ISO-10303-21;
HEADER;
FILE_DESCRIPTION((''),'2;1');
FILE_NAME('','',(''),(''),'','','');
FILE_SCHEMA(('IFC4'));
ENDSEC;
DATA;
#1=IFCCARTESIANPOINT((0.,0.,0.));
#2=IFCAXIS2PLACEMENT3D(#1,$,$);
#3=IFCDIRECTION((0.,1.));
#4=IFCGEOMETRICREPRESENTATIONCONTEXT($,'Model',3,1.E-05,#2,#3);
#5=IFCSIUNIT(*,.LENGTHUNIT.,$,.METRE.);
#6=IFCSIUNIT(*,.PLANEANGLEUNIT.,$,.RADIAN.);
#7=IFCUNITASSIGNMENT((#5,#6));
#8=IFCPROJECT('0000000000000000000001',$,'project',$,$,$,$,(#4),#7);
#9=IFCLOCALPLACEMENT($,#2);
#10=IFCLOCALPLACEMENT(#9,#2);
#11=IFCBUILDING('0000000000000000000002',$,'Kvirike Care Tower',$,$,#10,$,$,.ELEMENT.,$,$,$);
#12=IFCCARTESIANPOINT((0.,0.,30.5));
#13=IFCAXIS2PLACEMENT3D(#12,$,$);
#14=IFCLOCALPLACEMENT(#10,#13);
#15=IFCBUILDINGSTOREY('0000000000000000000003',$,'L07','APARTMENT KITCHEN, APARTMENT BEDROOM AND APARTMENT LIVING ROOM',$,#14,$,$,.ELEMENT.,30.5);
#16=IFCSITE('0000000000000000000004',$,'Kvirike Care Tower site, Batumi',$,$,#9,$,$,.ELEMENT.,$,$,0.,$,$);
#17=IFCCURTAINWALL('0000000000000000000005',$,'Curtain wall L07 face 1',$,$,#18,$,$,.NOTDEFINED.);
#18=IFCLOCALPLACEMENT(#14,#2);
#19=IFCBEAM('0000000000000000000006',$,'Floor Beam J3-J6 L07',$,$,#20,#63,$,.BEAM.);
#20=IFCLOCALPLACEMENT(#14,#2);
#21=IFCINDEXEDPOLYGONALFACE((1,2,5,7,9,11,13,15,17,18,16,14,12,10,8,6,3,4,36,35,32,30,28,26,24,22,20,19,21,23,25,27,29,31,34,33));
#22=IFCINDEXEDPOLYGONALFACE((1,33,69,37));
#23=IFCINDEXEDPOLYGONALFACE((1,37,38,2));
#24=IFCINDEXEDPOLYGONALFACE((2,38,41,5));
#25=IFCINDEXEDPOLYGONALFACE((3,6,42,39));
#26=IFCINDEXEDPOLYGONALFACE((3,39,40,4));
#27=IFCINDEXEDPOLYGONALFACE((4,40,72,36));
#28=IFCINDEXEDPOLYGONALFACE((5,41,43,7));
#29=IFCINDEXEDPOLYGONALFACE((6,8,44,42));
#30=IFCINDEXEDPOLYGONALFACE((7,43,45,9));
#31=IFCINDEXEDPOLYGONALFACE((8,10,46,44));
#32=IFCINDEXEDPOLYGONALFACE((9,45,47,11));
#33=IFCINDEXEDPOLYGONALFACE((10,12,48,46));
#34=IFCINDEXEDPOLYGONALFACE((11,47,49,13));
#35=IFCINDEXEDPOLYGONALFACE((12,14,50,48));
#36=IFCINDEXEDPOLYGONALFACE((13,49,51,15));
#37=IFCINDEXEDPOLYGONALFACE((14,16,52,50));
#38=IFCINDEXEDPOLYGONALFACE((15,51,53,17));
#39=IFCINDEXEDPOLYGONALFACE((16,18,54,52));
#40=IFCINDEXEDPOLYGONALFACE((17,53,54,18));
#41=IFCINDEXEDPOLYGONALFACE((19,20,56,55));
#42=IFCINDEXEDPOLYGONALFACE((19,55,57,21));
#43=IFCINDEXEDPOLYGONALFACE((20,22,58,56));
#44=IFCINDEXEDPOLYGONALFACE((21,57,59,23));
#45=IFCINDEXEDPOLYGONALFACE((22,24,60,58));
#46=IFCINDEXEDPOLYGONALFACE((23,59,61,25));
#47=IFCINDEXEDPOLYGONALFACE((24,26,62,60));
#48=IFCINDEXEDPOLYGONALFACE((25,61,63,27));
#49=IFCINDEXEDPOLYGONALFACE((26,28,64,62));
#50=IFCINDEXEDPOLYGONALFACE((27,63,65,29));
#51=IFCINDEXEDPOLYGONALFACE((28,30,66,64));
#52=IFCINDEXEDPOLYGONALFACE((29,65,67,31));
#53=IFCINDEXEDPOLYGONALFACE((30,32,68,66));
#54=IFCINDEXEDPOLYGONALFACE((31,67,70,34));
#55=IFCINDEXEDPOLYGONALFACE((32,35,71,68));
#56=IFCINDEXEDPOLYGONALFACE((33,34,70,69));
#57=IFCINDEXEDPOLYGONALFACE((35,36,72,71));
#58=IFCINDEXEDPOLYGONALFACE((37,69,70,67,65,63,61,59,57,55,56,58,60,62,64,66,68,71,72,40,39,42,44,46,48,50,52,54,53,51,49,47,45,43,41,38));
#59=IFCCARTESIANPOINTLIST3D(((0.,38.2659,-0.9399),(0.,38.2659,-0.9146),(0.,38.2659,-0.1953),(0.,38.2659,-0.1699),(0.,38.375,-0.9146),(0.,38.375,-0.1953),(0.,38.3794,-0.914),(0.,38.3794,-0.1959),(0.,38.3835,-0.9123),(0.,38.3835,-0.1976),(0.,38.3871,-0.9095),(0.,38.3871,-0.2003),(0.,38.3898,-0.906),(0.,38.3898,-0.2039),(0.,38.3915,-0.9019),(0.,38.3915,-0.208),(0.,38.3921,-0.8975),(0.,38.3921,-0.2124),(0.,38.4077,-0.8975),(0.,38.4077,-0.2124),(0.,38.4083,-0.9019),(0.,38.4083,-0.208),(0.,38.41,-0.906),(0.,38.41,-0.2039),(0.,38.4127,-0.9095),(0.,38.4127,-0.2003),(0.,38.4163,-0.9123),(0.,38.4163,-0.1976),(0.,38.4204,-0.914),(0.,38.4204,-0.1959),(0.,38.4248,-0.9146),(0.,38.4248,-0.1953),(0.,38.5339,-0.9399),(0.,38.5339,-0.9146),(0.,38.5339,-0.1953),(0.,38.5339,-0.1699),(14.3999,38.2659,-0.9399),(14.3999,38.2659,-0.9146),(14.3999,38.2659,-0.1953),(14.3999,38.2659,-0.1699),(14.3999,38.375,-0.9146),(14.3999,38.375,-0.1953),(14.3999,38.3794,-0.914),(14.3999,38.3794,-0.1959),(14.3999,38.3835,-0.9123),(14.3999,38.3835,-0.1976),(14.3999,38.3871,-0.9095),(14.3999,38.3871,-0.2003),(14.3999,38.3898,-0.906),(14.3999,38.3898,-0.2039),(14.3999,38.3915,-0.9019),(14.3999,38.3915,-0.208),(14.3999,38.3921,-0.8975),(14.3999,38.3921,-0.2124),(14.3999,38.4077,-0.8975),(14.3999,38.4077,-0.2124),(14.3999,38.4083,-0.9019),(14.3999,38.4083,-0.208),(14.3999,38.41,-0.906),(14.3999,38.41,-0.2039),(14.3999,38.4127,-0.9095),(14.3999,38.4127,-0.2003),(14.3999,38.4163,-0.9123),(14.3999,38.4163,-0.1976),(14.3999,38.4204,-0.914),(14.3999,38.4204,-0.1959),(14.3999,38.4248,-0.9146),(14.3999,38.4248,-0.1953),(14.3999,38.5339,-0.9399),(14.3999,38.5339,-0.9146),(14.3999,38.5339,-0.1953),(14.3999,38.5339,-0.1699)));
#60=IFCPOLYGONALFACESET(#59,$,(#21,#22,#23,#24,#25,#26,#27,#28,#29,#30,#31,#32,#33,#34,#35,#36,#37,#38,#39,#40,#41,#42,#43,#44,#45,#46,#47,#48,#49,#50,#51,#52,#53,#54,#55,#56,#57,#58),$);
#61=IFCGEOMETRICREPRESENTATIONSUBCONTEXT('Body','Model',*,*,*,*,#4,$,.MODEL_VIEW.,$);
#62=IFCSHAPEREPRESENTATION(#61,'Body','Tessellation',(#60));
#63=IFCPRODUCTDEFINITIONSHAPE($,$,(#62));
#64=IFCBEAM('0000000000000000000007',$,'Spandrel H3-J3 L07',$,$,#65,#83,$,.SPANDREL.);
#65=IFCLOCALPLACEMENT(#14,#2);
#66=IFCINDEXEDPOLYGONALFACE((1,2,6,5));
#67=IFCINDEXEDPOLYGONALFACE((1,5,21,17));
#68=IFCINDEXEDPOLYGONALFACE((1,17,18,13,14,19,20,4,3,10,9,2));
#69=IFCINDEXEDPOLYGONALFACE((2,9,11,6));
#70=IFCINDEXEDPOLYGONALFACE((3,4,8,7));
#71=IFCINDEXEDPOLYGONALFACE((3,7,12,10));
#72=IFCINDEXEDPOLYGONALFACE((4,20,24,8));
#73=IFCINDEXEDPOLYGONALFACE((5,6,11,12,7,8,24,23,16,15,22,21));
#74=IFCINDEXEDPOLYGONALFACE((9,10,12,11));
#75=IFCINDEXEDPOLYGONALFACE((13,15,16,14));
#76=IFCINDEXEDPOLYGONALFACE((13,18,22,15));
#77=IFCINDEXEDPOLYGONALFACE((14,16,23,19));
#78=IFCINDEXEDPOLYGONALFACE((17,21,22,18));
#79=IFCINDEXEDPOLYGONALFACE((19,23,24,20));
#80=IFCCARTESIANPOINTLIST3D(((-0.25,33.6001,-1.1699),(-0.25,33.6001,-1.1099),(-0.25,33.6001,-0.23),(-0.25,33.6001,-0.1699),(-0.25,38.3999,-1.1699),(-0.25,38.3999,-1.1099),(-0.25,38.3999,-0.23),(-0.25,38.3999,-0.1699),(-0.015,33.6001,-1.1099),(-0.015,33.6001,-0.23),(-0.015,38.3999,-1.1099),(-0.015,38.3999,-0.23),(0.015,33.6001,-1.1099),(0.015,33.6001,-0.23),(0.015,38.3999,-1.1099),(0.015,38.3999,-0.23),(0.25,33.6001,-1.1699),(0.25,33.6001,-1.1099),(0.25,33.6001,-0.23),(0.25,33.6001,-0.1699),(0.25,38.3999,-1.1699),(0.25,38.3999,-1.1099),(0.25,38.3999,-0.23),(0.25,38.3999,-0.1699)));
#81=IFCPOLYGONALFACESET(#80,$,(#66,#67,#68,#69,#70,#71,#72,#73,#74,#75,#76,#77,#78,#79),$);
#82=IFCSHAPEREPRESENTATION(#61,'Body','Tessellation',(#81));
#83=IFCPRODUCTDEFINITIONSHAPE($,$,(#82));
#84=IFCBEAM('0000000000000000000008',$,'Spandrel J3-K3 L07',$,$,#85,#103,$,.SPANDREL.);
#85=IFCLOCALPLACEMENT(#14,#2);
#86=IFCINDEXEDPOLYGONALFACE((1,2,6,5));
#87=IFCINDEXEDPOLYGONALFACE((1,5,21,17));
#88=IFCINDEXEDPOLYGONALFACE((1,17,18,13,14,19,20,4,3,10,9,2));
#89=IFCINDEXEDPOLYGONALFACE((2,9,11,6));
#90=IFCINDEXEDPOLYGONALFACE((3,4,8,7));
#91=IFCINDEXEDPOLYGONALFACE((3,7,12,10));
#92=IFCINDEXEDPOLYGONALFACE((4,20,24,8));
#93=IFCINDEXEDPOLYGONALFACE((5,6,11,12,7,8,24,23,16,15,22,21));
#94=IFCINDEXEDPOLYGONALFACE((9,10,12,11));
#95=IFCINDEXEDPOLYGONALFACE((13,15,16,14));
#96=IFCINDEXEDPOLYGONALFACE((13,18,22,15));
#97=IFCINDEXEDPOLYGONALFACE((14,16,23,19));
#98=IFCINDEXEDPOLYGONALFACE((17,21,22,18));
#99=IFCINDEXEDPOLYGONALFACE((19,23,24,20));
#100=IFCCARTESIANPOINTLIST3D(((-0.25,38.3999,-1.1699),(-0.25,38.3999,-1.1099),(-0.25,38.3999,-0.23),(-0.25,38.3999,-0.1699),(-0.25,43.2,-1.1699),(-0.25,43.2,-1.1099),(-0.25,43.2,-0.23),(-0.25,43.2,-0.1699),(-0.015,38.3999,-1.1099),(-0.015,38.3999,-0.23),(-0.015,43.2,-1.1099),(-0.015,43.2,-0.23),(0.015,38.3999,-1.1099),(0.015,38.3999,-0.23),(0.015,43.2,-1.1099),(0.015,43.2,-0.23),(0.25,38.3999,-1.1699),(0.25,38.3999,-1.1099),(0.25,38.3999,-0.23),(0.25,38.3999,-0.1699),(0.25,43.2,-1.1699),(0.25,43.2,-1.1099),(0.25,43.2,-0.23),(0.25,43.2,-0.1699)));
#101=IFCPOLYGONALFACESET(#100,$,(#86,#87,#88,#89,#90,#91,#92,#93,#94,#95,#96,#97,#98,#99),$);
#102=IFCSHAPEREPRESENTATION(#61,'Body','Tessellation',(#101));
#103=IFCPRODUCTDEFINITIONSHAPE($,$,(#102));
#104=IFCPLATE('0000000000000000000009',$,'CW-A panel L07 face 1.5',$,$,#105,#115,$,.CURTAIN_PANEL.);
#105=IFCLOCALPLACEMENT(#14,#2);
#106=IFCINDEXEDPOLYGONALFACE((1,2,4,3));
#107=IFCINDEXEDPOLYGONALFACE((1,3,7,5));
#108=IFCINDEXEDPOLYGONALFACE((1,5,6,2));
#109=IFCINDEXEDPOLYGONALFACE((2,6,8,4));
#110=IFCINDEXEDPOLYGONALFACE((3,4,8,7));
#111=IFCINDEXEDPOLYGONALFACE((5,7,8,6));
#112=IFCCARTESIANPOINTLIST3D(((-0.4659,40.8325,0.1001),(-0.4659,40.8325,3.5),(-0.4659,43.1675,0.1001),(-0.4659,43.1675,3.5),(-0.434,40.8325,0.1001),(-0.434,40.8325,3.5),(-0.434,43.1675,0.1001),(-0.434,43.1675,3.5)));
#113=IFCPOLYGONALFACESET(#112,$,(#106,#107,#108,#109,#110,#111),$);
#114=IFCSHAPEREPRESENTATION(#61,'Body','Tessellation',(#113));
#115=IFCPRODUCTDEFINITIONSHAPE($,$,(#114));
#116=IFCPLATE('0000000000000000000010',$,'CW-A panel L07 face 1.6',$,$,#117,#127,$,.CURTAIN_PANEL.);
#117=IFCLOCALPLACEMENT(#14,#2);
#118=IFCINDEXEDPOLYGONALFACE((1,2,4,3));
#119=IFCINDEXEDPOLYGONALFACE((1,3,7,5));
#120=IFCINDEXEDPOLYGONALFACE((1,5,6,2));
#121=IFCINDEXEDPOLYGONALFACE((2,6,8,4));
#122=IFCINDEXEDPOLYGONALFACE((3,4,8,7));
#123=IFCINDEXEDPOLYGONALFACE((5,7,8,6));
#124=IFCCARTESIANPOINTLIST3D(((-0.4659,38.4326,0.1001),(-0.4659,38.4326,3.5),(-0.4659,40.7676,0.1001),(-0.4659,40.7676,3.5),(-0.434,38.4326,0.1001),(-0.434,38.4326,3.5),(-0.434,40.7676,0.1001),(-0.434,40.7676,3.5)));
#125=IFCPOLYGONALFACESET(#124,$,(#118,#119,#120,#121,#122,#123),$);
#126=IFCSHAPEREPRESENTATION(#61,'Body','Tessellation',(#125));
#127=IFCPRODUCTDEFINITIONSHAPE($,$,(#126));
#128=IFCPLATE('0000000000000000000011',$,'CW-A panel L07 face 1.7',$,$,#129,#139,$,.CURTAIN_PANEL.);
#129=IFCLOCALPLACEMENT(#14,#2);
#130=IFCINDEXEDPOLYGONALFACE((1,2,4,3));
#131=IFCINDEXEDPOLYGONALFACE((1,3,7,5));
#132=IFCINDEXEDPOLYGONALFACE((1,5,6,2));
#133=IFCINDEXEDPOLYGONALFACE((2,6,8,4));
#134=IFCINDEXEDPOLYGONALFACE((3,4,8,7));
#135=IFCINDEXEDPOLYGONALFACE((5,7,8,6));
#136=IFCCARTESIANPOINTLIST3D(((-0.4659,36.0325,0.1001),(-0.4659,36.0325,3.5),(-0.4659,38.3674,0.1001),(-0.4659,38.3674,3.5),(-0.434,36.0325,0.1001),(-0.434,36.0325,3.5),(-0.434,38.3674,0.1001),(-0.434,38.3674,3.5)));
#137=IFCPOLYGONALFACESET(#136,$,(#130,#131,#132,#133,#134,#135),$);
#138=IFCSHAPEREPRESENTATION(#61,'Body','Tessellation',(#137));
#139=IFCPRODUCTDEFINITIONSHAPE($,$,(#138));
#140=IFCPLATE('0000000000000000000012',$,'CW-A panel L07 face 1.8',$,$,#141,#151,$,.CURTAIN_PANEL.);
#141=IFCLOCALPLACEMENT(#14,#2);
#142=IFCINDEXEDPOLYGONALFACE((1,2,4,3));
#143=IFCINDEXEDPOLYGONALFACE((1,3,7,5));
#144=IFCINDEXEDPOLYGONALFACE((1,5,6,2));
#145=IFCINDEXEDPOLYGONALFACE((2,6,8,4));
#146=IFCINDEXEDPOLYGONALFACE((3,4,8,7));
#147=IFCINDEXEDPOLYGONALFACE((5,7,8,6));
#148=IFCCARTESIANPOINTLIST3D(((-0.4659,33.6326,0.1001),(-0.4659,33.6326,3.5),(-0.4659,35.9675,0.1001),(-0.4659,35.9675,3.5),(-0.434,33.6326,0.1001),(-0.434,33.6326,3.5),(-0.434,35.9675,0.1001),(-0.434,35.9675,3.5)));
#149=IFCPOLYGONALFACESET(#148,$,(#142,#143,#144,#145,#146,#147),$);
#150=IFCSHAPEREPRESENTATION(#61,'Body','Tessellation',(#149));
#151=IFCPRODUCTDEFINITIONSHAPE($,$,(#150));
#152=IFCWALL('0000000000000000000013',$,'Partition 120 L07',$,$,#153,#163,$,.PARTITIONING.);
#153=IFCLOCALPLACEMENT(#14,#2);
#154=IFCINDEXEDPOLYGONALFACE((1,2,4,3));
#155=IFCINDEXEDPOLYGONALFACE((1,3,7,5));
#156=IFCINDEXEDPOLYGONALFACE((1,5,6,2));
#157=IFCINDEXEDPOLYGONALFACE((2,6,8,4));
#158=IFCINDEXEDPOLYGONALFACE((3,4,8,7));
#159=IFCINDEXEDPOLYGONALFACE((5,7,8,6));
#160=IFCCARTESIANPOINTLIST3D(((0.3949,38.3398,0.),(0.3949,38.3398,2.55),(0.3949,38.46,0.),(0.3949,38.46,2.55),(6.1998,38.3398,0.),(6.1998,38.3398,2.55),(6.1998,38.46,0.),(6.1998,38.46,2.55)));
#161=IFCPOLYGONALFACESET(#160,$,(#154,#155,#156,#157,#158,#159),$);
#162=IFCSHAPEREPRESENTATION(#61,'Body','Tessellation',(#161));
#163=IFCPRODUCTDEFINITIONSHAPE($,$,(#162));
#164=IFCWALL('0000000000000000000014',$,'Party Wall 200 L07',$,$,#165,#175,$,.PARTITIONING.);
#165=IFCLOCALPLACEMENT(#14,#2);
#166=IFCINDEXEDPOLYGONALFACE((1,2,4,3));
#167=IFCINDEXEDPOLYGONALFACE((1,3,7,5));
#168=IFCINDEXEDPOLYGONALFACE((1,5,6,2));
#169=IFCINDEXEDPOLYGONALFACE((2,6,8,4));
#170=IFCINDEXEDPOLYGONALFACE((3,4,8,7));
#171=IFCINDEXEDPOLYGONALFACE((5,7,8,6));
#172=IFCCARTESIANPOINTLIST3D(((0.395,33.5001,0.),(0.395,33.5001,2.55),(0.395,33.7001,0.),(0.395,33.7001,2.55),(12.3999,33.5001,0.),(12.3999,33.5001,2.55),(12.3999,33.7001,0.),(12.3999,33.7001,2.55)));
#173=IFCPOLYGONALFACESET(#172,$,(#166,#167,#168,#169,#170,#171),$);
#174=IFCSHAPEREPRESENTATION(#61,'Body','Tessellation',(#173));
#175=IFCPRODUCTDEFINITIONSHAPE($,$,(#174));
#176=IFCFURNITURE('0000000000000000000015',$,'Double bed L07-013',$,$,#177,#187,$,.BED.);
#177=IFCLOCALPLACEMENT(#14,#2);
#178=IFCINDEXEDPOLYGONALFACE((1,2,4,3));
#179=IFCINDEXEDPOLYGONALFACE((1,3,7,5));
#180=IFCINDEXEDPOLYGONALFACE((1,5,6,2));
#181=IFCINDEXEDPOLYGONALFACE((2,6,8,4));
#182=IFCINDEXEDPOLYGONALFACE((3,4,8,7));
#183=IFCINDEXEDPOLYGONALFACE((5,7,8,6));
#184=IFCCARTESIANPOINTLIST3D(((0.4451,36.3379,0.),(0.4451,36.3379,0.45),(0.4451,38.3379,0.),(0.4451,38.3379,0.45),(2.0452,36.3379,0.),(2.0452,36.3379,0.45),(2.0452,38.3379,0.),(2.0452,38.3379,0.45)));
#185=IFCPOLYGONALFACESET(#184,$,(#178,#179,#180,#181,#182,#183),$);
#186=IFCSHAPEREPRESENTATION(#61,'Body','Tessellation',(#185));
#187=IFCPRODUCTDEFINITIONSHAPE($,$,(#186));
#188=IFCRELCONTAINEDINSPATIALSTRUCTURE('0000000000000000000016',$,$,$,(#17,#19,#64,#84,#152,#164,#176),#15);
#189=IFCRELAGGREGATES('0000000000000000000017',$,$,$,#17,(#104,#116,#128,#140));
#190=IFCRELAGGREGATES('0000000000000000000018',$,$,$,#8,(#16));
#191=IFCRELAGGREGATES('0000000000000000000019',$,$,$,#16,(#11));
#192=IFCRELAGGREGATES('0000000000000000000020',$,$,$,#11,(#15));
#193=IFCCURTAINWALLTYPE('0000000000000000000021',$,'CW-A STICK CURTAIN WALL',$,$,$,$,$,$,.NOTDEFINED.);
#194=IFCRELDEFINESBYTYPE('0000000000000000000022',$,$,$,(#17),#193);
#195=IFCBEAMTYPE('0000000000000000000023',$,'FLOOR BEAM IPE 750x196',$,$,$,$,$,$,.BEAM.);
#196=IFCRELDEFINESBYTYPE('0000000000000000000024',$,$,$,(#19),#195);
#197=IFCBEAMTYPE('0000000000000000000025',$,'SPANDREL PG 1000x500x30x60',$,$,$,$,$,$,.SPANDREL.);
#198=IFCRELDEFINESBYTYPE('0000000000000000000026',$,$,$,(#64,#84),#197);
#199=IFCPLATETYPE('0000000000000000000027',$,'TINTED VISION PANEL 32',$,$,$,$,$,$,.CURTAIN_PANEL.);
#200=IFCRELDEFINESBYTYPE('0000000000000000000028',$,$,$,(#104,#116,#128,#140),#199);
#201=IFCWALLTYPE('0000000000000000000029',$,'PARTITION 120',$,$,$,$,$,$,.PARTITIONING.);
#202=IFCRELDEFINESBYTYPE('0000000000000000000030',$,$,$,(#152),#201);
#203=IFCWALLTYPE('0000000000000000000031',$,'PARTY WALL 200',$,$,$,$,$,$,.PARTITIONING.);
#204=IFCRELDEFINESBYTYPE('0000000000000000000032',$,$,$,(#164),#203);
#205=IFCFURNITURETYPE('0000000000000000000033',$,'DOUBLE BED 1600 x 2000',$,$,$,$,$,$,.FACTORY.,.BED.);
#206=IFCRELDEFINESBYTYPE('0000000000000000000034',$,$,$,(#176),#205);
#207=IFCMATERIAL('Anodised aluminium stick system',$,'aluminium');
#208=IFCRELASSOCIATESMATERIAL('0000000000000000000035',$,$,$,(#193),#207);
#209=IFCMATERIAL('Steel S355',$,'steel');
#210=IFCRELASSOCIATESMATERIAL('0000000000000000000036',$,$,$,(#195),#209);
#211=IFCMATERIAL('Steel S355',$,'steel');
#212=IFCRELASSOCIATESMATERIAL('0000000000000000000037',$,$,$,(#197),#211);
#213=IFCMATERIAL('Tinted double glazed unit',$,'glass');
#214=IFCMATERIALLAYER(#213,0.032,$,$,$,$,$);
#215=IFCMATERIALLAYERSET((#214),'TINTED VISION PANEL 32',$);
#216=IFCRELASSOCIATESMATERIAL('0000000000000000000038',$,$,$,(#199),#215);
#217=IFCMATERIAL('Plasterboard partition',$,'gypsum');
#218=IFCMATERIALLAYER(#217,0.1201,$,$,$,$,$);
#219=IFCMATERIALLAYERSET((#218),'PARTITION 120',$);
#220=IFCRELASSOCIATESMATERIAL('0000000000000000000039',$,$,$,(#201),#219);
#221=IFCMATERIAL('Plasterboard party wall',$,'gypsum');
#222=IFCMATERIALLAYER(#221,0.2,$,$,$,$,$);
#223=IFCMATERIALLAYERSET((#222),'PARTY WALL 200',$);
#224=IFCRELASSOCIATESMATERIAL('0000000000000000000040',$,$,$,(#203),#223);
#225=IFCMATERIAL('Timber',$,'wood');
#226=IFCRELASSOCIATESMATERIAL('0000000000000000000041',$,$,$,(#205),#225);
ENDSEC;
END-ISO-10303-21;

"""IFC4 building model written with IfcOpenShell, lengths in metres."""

from ifc_helpers import new_model, si_unit, direction, frame, frame_2d, origin, origin_2d, place, context, subcontext, project, spatial, rectangle, i_section, extrude, material, layer, layer_set, material_profile, profile_set, type_object, element, aggregate, save


model = new_model("IFC4")

# Units and contexts
model_context = context("Model", 3, precision=1e-05, world=origin(), true_north=direction((0.0, 1.0)))
body_context = subcontext(model_context, "Body", "Model", "MODEL_VIEW")
ifc_project = project(units=[si_unit("LENGTHUNIT", "METRE"), si_unit("PLANEANGLEUNIT", "RADIAN")], contexts=[model_context])

# Site, building, storey
site_placement = place(None, origin())
site = spatial("IfcSite", under=ifc_project, at=site_placement, Name="Kvirike Care Tower site, Batumi", CompositionType="ELEMENT", RefElevation=0.0)
building_placement = place(site_placement, origin())
building = spatial("IfcBuilding", under=site, at=building_placement, Name="Kvirike Care Tower", CompositionType="ELEMENT")
storey_placement = place(building_placement, frame((0.0, 0.0, 30.5)))
storey = spatial("IfcBuildingStorey", under=building, at=storey_placement, Name="L07", Description="APARTMENT KITCHEN, APARTMENT BEDROOM AND APARTMENT LIVING ROOM", CompositionType="ELEMENT", Elevation=30.5)

# Curtain wall
ifc_material_1 = material(Name="Anodised aluminium stick system", Category="aluminium")
curtain_wall_type = type_object("IfcCurtainWallType", Name="CW-A STICK CURTAIN WALL", PredefinedType="NOTDEFINED", material=ifc_material_1)
curtain_wall_placement = place(storey_placement, origin())
curtain_wall = element("IfcCurtainWall", 1, at=curtain_wall_placement, inside=storey, type_object=curtain_wall_type, Name="Curtain wall L07 face 1", PredefinedType="NOTDEFINED")

# Beams
ifc_material_2 = material(Name="Steel S355", Category="steel")
ifc_material_profile_1 = material_profile(ifc_material_2, i_section(OverallWidth=0.2681, OverallDepth=0.77, WebThickness=0.0156, FlangeThickness=0.0254, FilletRadius=0.0171, at=origin_2d()), Name="IPE 750x196")
ifc_profile_set_1 = profile_set([ifc_material_profile_1], Name="Steel S355")
beam_type_1 = type_object("IfcBeamType", Name="FLOOR BEAM IPE 750x196", PredefinedType="BEAM", material=ifc_profile_set_1)
beam_1_placement = place(storey_placement, frame((0.0, 38.3999, -0.5549), z_axis=(1.0, 0.0, 0.0), x_axis=(0.0, 1.0, 0.0)))
element("IfcBeam", 2, at=beam_1_placement, inside=storey, type_object=beam_type_1, Name="Floor Beam J3-J6 L07", PredefinedType="BEAM", context=body_context, shape_type="SweptSolid", body=[
    extrude(i_section(OverallWidth=0.2681, OverallDepth=0.77, WebThickness=0.0156, FlangeThickness=0.0254, FilletRadius=0.0171, at=origin_2d()), origin(), (0.0, 0.0, 1.0), 14.3999),
])
ifc_material_3 = material(Name="Steel S355", Category="steel")
ifc_material_profile_2 = material_profile(ifc_material_3, i_section(OverallWidth=0.5, OverallDepth=1.0, WebThickness=0.03, FlangeThickness=0.0601, at=origin_2d()), Name="PG 1000x500x30x60")
ifc_profile_set_2 = profile_set([ifc_material_profile_2], Name="Steel S355")
beam_type_2 = type_object("IfcBeamType", Name="SPANDREL PG 1000x500x30x60", PredefinedType="SPANDREL", material=ifc_profile_set_2)
beam_2_placement = place(storey_placement, frame((0.0, 33.6001, -0.6699), z_axis=(0.0, 1.0, 0.0), x_axis=(-1.0, 0.0, 0.0)))
element("IfcBeam", 3, at=beam_2_placement, inside=storey, type_object=beam_type_2, Name="Spandrel H3-J3 L07", PredefinedType="SPANDREL", context=body_context, shape_type="SweptSolid", body=[
    extrude(i_section(OverallWidth=0.5, OverallDepth=1.0, WebThickness=0.03, FlangeThickness=0.0601, at=origin_2d()), origin(), (0.0, 0.0, 1.0), 4.7998),
])
beam_3_placement = place(storey_placement, frame((0.0, 38.3999, -0.6699), z_axis=(0.0, 1.0, 0.0), x_axis=(-1.0, 0.0, 0.0)))
element("IfcBeam", 4, at=beam_3_placement, inside=storey, type_object=beam_type_2, Name="Spandrel J3-K3 L07", PredefinedType="SPANDREL", context=body_context, shape_type="SweptSolid", body=[
    extrude(i_section(OverallWidth=0.5, OverallDepth=1.0, WebThickness=0.03, FlangeThickness=0.0601, at=origin_2d()), origin(), (0.0, 0.0, 1.0), 4.8),
])

# Plates
ifc_material_4 = material(Name="Tinted double glazed unit", Category="glass")
ifc_layer_1 = layer(ifc_material_4, 0.032)
ifc_layer_set_1 = layer_set([ifc_layer_1], Name="TINTED VISION PANEL 32")
plate_type = type_object("IfcPlateType", Name="TINTED VISION PANEL 32", PredefinedType="CURTAIN_PANEL", material=ifc_layer_set_1)
plate_1_placement = place(storey_placement, frame((-0.45, 42.0, 0.1001), z_axis=(0.0, 0.0, 1.0), x_axis=(0.0, -1.0, 0.0)))
plate_1 = element("IfcPlate", 5, at=plate_1_placement, type_object=plate_type, Name="CW-A panel L07 face 1.5", PredefinedType="CURTAIN_PANEL", context=body_context, shape_type="SweptSolid", body=[
    extrude(rectangle(XDim=2.335, YDim=0.032, at=origin_2d()), origin(), (0.0, 0.0, 1.0), 3.3999),
])
plate_2_placement = place(storey_placement, frame((-0.45, 39.6001, 0.1001), z_axis=(0.0, 0.0, 1.0), x_axis=(0.0, -1.0, 0.0)))
plate_2 = element("IfcPlate", 6, at=plate_2_placement, type_object=plate_type, Name="CW-A panel L07 face 1.6", PredefinedType="CURTAIN_PANEL", context=body_context, shape_type="SweptSolid", body=[
    extrude(rectangle(XDim=2.335, YDim=0.032, at=origin_2d()), origin(), (0.0, 0.0, 1.0), 3.3999),
])
plate_3_placement = place(storey_placement, frame((-0.45, 37.2, 0.1001), z_axis=(0.0, 0.0, 1.0), x_axis=(0.0, -1.0, 0.0)))
plate_3 = element("IfcPlate", 7, at=plate_3_placement, type_object=plate_type, Name="CW-A panel L07 face 1.7", PredefinedType="CURTAIN_PANEL", context=body_context, shape_type="SweptSolid", body=[
    extrude(rectangle(XDim=2.335, YDim=0.032, at=origin_2d()), origin(), (0.0, 0.0, 1.0), 3.3999),
])
plate_4_placement = place(storey_placement, frame((-0.45, 34.8, 0.1001), z_axis=(0.0, 0.0, 1.0), x_axis=(0.0, -1.0, 0.0)))
plate_4 = element("IfcPlate", 8, at=plate_4_placement, type_object=plate_type, Name="CW-A panel L07 face 1.8", PredefinedType="CURTAIN_PANEL", context=body_context, shape_type="SweptSolid", body=[
    extrude(rectangle(XDim=2.335, YDim=0.032, at=origin_2d()), origin(), (0.0, 0.0, 1.0), 3.3999),
])
aggregate(curtain_wall, [plate_1, plate_2, plate_3, plate_4])

# Walls
ifc_material_5 = material(Name="Plasterboard partition", Category="gypsum")
ifc_layer_2 = layer(ifc_material_5, 0.1201)
ifc_layer_set_2 = layer_set([ifc_layer_2], Name="PARTITION 120")
wall_type_1 = type_object("IfcWallType", Name="PARTITION 120", PredefinedType="PARTITIONING", material=ifc_layer_set_2)
wall_1_placement = place(storey_placement, frame((0.395, 38.3999, 0.0), z_axis=(0.0, 0.0, 1.0), x_axis=(1.0, 0.0, 0.0)))
element("IfcWall", 9, at=wall_1_placement, inside=storey, type_object=wall_type_1, Name="Partition 120 L07", PredefinedType="PARTITIONING", context=body_context, shape_type="SweptSolid", body=[
    extrude(rectangle(XDim=5.8049, YDim=0.1201, at=frame_2d((2.9023, 0.0))), origin(), (0.0, 0.0, 1.0), 2.55),
])
ifc_material_6 = material(Name="Plasterboard party wall", Category="gypsum")
ifc_layer_3 = layer(ifc_material_6, 0.2)
ifc_layer_set_3 = layer_set([ifc_layer_3], Name="PARTY WALL 200")
wall_type_2 = type_object("IfcWallType", Name="PARTY WALL 200", PredefinedType="PARTITIONING", material=ifc_layer_set_3)
wall_2_placement = place(storey_placement, frame((0.395, 33.6001, 0.0), z_axis=(0.0, 0.0, 1.0), x_axis=(1.0, 0.0, 0.0)))
element("IfcWall", 10, at=wall_2_placement, inside=storey, type_object=wall_type_2, Name="Party Wall 200 L07", PredefinedType="PARTITIONING", context=body_context, shape_type="SweptSolid", body=[
    extrude(rectangle(XDim=12.0049, YDim=0.2, at=frame_2d((6.0024, 0.0))), origin(), (0.0, 0.0, 1.0), 2.55),
])

# Furniture
ifc_material_7 = material(Name="Timber", Category="wood")
furniture_type = type_object("IfcFurnitureType", Name="DOUBLE BED 1600 x 2000", AssemblyPlace="FACTORY", PredefinedType="BED", material=ifc_material_7)
furniture_placement = place(storey_placement, frame((1.2451, 37.3379, 0.0), z_axis=(0.0, 0.0, 1.0), x_axis=(1.0, 0.0, 0.0)))
element("IfcFurniture", 11, at=furniture_placement, inside=storey, type_object=furniture_type, Name="Double bed L07-013", PredefinedType="BED", context=body_context, shape_type="SweptSolid", body=[
    extrude(rectangle(XDim=1.6001, YDim=2.0, at=origin_2d()), origin(), (0.0, 0.0, 1.0), 0.45),
])

save(model, "model.ifc")
